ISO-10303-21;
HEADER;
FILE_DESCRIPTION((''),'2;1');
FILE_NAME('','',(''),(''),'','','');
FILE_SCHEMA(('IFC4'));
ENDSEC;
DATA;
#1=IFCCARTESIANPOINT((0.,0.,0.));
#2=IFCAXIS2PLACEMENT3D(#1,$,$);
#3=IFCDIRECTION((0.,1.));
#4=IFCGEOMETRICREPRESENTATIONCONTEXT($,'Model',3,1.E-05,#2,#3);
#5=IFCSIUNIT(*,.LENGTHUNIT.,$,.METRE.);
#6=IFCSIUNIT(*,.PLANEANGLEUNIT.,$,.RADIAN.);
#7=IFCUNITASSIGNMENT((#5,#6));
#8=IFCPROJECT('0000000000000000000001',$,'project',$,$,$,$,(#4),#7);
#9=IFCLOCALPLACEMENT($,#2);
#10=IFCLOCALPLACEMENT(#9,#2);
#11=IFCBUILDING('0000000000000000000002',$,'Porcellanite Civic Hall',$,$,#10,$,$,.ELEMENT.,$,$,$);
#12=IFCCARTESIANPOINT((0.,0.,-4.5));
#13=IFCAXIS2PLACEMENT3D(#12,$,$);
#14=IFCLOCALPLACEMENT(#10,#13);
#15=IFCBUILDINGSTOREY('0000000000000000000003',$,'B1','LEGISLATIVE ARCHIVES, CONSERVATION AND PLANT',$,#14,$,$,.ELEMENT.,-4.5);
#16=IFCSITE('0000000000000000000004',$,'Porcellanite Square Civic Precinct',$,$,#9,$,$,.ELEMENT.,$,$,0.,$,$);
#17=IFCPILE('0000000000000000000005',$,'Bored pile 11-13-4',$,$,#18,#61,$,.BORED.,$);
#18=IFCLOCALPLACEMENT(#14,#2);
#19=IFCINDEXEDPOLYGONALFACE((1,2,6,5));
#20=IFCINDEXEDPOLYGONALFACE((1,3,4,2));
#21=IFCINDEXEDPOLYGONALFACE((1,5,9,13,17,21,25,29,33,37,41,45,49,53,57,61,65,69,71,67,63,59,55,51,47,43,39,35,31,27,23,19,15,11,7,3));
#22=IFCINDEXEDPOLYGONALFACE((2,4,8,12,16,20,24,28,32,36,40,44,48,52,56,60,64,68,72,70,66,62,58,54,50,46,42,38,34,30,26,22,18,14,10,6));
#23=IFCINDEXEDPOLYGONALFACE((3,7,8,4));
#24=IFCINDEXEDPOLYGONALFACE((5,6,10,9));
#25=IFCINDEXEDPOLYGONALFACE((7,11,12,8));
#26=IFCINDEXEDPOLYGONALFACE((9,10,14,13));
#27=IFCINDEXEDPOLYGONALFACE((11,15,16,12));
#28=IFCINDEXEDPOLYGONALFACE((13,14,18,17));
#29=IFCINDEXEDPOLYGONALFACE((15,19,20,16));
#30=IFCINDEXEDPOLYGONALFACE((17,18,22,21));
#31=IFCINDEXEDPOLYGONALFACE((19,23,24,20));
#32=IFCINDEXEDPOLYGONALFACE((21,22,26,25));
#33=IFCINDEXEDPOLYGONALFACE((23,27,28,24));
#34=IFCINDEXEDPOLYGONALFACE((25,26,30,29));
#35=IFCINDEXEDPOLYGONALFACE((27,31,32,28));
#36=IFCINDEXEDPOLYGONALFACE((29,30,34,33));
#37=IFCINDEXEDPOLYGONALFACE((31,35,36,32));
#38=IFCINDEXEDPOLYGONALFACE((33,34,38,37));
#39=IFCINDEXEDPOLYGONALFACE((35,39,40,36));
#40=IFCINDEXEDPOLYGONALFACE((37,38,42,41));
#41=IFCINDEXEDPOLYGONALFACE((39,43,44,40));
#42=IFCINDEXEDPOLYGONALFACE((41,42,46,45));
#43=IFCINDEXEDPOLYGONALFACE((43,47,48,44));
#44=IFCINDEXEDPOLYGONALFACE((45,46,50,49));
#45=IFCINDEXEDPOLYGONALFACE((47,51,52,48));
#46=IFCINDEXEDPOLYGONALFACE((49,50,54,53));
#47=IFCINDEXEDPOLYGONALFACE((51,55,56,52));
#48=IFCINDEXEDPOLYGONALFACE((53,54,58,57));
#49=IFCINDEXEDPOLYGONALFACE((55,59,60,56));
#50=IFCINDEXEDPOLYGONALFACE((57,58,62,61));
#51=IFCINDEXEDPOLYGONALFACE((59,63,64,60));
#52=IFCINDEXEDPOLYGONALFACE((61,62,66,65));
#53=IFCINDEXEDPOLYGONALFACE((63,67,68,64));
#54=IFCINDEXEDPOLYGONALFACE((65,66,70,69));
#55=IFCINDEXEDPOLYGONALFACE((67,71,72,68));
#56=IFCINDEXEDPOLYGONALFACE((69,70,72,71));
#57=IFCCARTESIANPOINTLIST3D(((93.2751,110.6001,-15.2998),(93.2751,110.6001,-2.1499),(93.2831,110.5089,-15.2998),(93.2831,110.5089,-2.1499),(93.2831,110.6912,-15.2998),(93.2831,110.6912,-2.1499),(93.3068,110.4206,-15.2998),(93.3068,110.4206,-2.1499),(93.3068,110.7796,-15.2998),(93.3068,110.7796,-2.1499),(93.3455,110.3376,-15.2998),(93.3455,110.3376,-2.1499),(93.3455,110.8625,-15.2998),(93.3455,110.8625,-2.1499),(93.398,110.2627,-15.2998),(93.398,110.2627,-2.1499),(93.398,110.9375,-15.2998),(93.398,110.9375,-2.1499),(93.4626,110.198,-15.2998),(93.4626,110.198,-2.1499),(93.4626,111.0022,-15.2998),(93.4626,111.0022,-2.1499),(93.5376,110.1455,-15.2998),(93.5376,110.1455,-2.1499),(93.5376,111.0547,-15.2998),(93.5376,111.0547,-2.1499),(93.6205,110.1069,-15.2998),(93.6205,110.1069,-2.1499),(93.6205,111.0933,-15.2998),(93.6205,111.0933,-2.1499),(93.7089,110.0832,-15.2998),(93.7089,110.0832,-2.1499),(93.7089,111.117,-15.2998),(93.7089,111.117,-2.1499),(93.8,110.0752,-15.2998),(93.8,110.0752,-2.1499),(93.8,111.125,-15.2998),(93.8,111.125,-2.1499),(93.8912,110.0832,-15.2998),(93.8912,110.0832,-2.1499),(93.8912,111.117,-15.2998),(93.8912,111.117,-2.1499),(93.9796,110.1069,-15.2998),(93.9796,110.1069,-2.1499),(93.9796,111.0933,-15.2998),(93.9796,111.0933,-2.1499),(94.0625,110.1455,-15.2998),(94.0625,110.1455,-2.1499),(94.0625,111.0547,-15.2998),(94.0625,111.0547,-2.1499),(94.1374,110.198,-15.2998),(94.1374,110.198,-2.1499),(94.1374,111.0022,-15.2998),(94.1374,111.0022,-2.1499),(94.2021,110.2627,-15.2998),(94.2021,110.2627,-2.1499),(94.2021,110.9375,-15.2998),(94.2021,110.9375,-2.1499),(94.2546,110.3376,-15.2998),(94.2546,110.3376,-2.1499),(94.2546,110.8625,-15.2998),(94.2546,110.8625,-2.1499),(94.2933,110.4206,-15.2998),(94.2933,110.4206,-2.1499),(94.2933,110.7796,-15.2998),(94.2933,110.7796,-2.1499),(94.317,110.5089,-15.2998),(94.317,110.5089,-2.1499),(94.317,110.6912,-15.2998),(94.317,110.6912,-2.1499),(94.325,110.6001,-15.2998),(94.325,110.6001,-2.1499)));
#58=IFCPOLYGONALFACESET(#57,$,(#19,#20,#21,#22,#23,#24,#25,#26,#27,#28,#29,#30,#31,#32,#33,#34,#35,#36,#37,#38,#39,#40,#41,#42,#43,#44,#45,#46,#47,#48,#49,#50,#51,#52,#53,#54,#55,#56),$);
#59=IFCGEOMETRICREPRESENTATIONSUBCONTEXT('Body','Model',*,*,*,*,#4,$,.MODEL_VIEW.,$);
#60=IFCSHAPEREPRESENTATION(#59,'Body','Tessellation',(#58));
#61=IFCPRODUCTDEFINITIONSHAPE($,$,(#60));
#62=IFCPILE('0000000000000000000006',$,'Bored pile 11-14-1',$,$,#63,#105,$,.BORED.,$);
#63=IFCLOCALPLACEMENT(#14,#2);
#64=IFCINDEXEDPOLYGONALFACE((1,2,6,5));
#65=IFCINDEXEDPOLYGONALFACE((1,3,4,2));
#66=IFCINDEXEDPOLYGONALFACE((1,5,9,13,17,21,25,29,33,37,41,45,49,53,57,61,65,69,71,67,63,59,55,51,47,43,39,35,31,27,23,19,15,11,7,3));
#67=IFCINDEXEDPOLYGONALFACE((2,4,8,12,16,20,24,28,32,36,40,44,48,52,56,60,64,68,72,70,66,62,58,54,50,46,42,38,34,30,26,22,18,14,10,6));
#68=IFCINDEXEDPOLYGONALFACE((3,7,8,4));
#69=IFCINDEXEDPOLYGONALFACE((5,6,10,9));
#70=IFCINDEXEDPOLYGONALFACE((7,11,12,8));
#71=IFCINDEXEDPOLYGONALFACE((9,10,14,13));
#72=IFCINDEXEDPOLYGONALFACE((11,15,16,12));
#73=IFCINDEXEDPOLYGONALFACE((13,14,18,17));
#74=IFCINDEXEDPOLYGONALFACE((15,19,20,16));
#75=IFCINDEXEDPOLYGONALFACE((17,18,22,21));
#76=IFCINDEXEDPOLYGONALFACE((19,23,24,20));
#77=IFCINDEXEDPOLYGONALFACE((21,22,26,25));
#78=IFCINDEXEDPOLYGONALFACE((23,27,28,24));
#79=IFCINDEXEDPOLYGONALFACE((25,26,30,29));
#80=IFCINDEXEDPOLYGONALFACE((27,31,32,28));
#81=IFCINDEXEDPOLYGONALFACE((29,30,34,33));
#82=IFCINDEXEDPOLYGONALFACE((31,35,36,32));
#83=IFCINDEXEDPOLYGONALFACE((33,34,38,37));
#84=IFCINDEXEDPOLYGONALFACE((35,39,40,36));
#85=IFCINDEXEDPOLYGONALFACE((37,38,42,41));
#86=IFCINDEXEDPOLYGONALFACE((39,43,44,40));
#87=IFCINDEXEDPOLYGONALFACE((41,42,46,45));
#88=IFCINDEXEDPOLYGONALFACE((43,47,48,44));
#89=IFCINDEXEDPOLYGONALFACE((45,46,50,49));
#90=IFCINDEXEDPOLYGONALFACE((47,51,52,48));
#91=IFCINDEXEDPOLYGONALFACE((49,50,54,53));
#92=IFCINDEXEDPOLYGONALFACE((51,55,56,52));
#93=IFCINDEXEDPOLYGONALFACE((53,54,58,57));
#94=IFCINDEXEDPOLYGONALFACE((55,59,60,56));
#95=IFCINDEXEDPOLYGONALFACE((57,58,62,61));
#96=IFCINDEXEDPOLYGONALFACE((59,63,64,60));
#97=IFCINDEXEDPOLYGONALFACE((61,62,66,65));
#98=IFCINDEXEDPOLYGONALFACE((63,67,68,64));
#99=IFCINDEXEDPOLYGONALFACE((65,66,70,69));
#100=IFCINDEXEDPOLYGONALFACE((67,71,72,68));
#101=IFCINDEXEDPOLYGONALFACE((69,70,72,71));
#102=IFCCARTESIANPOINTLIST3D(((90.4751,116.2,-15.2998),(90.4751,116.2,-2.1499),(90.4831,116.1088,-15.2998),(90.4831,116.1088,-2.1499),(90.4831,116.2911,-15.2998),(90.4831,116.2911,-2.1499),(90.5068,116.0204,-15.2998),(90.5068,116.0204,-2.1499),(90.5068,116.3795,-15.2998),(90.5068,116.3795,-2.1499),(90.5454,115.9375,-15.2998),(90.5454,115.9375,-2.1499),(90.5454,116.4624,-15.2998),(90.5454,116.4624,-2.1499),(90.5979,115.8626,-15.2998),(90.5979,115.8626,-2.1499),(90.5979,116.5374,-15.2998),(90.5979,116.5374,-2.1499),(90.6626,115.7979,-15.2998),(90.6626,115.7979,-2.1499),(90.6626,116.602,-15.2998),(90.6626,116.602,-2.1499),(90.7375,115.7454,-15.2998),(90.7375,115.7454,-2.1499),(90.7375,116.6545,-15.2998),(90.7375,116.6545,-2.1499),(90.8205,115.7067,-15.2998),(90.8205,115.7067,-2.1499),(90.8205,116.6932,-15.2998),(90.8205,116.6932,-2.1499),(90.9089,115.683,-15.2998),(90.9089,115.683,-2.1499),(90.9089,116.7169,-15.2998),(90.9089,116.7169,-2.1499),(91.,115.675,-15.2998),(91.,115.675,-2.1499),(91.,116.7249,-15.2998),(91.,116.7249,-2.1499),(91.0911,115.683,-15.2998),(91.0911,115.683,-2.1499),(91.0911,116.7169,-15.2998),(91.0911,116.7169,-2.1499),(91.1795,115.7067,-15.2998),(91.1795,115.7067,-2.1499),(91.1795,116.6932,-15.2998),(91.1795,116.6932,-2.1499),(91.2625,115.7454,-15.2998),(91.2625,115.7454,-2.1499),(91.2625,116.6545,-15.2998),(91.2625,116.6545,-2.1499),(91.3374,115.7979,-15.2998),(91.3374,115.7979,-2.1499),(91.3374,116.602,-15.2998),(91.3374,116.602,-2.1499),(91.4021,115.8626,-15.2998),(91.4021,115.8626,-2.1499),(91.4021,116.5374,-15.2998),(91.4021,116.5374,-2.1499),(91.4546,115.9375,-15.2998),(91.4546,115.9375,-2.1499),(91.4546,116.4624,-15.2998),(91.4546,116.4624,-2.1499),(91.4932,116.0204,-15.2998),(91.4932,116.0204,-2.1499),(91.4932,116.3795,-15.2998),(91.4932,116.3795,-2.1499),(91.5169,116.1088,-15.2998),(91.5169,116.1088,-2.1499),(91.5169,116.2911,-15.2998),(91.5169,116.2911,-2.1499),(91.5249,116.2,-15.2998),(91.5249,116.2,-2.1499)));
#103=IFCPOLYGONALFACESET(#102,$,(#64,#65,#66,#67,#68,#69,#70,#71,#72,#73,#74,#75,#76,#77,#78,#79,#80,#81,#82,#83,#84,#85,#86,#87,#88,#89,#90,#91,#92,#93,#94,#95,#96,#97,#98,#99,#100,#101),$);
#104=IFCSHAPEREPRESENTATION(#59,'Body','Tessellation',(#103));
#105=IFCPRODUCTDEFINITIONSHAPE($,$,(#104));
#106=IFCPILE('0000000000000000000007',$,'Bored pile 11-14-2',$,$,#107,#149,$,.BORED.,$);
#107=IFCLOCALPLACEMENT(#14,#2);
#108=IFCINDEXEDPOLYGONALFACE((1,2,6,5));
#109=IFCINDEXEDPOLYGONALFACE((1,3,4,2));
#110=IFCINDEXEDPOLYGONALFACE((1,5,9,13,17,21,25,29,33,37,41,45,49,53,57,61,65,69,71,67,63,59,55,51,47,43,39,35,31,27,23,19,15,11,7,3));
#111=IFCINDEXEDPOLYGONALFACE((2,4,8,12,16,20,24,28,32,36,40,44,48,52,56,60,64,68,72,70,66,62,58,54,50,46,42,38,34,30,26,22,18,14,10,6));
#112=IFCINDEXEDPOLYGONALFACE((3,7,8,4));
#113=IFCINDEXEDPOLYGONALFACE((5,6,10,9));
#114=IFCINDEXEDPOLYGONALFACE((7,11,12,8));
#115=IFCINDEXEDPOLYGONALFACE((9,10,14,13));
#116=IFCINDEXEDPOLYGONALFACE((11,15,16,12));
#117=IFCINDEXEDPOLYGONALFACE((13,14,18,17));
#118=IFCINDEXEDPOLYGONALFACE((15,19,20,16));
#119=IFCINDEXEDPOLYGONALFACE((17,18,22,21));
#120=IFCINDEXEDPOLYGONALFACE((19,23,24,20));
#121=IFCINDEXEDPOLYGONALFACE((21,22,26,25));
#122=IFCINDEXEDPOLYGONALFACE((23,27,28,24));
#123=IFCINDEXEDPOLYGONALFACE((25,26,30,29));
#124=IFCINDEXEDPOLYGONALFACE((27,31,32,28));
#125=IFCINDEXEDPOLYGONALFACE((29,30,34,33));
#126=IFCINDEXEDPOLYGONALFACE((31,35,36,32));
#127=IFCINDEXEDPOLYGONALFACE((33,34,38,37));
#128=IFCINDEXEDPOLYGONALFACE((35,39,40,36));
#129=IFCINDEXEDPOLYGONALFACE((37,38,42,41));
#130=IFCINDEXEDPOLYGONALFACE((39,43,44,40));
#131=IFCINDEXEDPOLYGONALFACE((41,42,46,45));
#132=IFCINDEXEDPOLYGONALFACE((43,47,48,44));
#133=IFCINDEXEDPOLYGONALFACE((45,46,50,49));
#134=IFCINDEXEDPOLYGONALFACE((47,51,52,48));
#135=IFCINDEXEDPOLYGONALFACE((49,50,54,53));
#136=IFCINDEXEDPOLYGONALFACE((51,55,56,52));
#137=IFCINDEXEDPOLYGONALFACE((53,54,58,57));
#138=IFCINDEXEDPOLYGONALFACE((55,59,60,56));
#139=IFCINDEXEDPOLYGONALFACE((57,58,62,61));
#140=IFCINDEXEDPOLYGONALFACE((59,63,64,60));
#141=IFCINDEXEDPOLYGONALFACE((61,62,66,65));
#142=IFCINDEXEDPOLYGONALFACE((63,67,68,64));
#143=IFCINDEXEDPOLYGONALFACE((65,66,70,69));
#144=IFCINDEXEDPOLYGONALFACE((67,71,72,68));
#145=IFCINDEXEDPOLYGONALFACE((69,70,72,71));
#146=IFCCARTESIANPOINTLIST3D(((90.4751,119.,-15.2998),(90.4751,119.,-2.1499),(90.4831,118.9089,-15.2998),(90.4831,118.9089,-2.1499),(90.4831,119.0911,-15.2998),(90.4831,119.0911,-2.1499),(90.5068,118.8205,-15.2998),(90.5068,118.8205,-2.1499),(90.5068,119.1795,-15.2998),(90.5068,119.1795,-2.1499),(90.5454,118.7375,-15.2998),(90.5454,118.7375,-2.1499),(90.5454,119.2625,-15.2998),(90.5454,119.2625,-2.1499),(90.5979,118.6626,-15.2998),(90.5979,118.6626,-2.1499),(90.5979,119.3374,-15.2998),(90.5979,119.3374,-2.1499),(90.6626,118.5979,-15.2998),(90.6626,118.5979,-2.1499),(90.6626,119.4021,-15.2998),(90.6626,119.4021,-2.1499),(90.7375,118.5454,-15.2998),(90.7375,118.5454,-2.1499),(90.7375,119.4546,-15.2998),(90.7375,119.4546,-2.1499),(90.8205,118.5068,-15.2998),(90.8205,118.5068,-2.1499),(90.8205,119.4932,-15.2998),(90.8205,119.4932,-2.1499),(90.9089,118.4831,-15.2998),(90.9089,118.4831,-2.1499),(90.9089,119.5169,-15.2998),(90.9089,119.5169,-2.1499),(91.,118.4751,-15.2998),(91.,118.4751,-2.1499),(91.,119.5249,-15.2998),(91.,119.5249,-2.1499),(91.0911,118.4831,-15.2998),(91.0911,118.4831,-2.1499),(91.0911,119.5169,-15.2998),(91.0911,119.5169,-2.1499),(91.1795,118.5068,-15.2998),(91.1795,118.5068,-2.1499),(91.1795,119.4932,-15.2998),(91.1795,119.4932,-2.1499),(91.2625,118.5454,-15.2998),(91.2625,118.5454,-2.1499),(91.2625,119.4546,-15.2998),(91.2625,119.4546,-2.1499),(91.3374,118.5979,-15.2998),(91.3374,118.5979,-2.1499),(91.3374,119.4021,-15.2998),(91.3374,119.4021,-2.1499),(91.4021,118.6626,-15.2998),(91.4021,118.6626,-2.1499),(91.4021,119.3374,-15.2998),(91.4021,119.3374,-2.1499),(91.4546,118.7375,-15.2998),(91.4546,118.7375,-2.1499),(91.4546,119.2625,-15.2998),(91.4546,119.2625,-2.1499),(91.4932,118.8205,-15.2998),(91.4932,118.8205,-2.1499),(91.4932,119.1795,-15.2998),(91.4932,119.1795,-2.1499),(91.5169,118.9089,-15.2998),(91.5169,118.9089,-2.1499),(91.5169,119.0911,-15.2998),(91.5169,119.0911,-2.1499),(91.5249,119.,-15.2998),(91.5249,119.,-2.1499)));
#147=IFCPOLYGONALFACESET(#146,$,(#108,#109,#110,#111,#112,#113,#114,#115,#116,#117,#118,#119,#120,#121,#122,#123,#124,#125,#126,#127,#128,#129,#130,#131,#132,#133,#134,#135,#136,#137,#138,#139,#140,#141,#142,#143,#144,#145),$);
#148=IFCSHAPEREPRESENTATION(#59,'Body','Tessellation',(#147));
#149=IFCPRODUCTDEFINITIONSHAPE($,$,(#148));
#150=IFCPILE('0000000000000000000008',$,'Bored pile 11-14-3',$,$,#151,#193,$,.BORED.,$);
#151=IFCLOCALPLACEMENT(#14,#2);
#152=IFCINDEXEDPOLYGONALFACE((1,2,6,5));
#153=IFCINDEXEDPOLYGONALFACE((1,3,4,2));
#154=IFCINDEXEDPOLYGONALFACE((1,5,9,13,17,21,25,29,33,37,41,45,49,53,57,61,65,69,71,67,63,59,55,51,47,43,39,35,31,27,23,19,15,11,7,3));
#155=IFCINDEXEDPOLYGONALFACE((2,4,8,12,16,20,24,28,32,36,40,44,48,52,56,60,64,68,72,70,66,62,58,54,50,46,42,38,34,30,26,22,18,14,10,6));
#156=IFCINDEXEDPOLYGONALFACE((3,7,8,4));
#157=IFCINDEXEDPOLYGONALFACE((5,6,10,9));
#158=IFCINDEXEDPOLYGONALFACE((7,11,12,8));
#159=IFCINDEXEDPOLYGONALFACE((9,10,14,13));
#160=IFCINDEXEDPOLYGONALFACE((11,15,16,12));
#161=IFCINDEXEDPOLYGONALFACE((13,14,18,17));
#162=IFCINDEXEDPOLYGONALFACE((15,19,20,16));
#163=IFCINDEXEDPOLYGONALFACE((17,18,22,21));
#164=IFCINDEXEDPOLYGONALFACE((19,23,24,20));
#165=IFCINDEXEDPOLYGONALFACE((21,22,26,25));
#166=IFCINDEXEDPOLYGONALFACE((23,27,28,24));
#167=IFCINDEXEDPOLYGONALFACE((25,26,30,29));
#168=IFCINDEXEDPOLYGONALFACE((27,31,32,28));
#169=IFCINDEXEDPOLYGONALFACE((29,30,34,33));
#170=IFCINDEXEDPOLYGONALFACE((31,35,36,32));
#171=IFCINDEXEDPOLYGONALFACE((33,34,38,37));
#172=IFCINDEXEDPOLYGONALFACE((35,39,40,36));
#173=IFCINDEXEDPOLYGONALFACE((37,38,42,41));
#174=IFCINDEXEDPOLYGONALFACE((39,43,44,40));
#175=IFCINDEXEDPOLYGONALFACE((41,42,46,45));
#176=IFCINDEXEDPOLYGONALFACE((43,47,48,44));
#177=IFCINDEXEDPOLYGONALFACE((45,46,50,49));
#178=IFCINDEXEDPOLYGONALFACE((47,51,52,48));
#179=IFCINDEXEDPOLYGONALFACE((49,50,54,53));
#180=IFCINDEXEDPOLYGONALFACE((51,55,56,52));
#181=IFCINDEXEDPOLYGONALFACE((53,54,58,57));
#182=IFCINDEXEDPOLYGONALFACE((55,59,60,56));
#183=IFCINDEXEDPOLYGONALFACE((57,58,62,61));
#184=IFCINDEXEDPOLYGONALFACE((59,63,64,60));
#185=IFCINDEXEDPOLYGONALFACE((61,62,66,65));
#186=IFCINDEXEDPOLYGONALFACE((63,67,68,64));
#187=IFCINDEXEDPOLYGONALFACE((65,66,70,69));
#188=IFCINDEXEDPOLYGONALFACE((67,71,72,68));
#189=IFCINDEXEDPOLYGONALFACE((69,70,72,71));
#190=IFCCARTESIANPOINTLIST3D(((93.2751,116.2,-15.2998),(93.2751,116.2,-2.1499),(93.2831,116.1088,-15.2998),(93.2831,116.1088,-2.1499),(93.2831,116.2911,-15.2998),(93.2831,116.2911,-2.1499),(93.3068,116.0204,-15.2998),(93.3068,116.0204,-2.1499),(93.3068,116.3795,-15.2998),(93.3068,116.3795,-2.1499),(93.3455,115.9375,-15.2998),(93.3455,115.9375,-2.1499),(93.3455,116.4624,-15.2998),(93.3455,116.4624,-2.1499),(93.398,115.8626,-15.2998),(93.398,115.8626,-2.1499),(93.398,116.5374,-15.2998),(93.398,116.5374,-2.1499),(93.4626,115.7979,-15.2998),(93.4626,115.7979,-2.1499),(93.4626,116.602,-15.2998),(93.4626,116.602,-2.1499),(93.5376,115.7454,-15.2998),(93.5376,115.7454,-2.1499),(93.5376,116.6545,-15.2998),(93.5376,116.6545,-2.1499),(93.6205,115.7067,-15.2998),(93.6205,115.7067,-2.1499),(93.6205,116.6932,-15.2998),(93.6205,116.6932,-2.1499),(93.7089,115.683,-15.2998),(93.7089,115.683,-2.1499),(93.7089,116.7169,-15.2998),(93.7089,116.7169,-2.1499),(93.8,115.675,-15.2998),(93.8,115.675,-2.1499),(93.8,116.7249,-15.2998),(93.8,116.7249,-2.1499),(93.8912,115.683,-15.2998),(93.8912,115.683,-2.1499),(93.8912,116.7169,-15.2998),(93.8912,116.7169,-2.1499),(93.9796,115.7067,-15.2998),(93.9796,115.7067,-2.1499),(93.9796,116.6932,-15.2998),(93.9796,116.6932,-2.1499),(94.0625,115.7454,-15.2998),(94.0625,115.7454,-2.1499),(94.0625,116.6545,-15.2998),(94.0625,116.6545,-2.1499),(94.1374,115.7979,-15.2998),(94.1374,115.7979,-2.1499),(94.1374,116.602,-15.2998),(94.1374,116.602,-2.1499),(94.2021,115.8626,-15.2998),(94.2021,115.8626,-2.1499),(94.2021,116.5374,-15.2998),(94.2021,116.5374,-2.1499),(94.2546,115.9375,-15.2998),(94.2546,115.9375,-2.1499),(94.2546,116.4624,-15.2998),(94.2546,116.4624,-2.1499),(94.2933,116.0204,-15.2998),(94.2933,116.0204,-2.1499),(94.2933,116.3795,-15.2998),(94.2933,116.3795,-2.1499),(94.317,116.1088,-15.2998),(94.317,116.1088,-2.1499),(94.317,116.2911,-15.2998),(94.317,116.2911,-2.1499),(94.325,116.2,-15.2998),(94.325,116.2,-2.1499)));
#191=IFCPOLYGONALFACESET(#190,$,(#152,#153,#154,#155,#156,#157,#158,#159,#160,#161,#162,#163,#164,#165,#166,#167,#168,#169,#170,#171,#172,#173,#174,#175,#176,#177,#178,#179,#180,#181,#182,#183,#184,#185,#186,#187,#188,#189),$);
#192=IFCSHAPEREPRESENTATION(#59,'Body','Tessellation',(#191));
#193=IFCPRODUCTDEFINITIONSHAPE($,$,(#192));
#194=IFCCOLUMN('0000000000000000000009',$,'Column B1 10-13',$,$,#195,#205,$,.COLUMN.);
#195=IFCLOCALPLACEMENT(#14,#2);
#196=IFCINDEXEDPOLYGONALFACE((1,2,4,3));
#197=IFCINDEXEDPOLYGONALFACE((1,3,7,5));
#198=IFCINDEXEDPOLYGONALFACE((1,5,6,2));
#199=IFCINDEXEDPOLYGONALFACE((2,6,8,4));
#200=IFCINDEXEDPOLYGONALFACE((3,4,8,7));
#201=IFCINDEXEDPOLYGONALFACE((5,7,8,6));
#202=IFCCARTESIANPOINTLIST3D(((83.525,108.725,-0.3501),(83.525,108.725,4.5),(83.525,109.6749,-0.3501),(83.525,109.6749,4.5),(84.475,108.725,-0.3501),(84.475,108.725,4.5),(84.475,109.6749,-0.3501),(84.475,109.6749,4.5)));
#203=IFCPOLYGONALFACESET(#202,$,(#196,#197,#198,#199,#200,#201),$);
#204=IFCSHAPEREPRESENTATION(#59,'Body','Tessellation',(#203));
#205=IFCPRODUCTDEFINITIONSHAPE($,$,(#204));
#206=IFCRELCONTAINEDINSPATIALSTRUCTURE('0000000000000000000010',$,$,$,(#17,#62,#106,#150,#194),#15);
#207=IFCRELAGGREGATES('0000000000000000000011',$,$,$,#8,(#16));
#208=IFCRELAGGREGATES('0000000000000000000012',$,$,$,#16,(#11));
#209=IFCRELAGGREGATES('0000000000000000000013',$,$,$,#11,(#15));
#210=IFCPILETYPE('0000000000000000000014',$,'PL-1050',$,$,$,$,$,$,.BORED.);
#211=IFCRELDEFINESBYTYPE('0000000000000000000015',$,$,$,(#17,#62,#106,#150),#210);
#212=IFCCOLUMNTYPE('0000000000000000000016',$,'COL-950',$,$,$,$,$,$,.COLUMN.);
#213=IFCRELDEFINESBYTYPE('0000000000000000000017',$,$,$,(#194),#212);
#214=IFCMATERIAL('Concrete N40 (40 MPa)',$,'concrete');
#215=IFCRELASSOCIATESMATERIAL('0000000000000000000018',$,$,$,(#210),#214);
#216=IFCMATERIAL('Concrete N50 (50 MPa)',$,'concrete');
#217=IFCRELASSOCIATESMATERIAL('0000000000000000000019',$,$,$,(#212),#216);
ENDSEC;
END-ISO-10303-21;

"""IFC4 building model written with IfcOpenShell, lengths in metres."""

from ifc_helpers import new_model, si_unit, direction, frame, origin, origin_2d, place, context, subcontext, project, spatial, rectangle, circle, extrude, material, material_profile, profile_set, type_object, element, save


model = new_model("IFC4")

# Units and contexts
model_context = context("Model", 3, precision=1e-05, world=origin(), true_north=direction((0.0, 1.0)))
body_context = subcontext(model_context, "Body", "Model", "MODEL_VIEW")
ifc_project = project(units=[si_unit("LENGTHUNIT", "METRE"), si_unit("PLANEANGLEUNIT", "RADIAN")], contexts=[model_context])

# Site, building, storey
site_placement = place(None, origin())
site = spatial("IfcSite", under=ifc_project, at=site_placement, Name="Porcellanite Square Civic Precinct", CompositionType="ELEMENT", RefElevation=0.0)
building_placement = place(site_placement, origin())
building = spatial("IfcBuilding", under=site, at=building_placement, Name="Porcellanite Civic Hall", CompositionType="ELEMENT")
storey_placement = place(building_placement, frame((0.0, 0.0, -4.5)))
storey = spatial("IfcBuildingStorey", under=building, at=storey_placement, Name="B1", Description="LEGISLATIVE ARCHIVES, CONSERVATION AND PLANT", CompositionType="ELEMENT", Elevation=-4.5)

# Piles
ifc_material_1 = material(Name="Concrete N40 (40 MPa)", Category="concrete")
ifc_material_profile_1 = material_profile(ifc_material_1, circle(Radius=0.5249, at=origin_2d()), Name="PILE-D1050")
ifc_profile_set_1 = profile_set([ifc_material_profile_1], Name="Concrete N40 (40 MPa)")
pile_type = type_object("IfcPileType", Name="PL-1050", PredefinedType="BORED", material=ifc_profile_set_1)
for number, where, z_axis, x_axis, name in (
    (1, (93.8, 110.6001, -2.1499), (0.0, 0.0, -1.0), (1.0, 0.0, 0.0), "Bored pile 11-13-4"),
    (2, (91.0, 116.2, -2.1499), (0.0, 0.0, -1.0), (1.0, 0.0, 0.0), "Bored pile 11-14-1"),
    (3, (91.0, 119.0, -2.1499), (0.0, 0.0, -1.0), (1.0, 0.0, 0.0), "Bored pile 11-14-2"),
    (4, (93.8, 116.2, -2.1499), (0.0, 0.0, -1.0), (1.0, 0.0, 0.0), "Bored pile 11-14-3"),
):
    element("IfcPile", number, at=place(storey_placement, frame(where, z_axis=z_axis, x_axis=x_axis)), inside=storey, type_object=pile_type, Name=name, PredefinedType="BORED", context=body_context, shape_type="SweptSolid", body=[
        extrude(circle(Radius=0.5249, at=origin_2d()), origin(), (0.0, 0.0, 1.0), 13.1499),
    ])

# Column
ifc_material_2 = material(Name="Concrete N50 (50 MPa)", Category="concrete")
ifc_material_profile_2 = material_profile(ifc_material_2, rectangle(XDim=0.95, YDim=0.95, at=origin_2d()), Name="RC-950x950")
ifc_profile_set_2 = profile_set([ifc_material_profile_2], Name="Concrete N50 (50 MPa)")
column_type = type_object("IfcColumnType", Name="COL-950", PredefinedType="COLUMN", material=ifc_profile_set_2)
for number, where, z_axis, x_axis, name in (
    (5, (84.0, 109.2, -0.3501), (0.0, 0.0, 1.0), (1.0, 0.0, 0.0), "Column B1 10-13"),
):
    element("IfcColumn", number, at=place(storey_placement, frame(where, z_axis=z_axis, x_axis=x_axis)), inside=storey, type_object=column_type, Name=name, PredefinedType="COLUMN", context=body_context, shape_type="SweptSolid", body=[
        extrude(rectangle(XDim=0.95, YDim=0.95, at=origin_2d()), origin(), (0.0, 0.0, 1.0), 4.8501),
    ])

save(model, "model.ifc")
